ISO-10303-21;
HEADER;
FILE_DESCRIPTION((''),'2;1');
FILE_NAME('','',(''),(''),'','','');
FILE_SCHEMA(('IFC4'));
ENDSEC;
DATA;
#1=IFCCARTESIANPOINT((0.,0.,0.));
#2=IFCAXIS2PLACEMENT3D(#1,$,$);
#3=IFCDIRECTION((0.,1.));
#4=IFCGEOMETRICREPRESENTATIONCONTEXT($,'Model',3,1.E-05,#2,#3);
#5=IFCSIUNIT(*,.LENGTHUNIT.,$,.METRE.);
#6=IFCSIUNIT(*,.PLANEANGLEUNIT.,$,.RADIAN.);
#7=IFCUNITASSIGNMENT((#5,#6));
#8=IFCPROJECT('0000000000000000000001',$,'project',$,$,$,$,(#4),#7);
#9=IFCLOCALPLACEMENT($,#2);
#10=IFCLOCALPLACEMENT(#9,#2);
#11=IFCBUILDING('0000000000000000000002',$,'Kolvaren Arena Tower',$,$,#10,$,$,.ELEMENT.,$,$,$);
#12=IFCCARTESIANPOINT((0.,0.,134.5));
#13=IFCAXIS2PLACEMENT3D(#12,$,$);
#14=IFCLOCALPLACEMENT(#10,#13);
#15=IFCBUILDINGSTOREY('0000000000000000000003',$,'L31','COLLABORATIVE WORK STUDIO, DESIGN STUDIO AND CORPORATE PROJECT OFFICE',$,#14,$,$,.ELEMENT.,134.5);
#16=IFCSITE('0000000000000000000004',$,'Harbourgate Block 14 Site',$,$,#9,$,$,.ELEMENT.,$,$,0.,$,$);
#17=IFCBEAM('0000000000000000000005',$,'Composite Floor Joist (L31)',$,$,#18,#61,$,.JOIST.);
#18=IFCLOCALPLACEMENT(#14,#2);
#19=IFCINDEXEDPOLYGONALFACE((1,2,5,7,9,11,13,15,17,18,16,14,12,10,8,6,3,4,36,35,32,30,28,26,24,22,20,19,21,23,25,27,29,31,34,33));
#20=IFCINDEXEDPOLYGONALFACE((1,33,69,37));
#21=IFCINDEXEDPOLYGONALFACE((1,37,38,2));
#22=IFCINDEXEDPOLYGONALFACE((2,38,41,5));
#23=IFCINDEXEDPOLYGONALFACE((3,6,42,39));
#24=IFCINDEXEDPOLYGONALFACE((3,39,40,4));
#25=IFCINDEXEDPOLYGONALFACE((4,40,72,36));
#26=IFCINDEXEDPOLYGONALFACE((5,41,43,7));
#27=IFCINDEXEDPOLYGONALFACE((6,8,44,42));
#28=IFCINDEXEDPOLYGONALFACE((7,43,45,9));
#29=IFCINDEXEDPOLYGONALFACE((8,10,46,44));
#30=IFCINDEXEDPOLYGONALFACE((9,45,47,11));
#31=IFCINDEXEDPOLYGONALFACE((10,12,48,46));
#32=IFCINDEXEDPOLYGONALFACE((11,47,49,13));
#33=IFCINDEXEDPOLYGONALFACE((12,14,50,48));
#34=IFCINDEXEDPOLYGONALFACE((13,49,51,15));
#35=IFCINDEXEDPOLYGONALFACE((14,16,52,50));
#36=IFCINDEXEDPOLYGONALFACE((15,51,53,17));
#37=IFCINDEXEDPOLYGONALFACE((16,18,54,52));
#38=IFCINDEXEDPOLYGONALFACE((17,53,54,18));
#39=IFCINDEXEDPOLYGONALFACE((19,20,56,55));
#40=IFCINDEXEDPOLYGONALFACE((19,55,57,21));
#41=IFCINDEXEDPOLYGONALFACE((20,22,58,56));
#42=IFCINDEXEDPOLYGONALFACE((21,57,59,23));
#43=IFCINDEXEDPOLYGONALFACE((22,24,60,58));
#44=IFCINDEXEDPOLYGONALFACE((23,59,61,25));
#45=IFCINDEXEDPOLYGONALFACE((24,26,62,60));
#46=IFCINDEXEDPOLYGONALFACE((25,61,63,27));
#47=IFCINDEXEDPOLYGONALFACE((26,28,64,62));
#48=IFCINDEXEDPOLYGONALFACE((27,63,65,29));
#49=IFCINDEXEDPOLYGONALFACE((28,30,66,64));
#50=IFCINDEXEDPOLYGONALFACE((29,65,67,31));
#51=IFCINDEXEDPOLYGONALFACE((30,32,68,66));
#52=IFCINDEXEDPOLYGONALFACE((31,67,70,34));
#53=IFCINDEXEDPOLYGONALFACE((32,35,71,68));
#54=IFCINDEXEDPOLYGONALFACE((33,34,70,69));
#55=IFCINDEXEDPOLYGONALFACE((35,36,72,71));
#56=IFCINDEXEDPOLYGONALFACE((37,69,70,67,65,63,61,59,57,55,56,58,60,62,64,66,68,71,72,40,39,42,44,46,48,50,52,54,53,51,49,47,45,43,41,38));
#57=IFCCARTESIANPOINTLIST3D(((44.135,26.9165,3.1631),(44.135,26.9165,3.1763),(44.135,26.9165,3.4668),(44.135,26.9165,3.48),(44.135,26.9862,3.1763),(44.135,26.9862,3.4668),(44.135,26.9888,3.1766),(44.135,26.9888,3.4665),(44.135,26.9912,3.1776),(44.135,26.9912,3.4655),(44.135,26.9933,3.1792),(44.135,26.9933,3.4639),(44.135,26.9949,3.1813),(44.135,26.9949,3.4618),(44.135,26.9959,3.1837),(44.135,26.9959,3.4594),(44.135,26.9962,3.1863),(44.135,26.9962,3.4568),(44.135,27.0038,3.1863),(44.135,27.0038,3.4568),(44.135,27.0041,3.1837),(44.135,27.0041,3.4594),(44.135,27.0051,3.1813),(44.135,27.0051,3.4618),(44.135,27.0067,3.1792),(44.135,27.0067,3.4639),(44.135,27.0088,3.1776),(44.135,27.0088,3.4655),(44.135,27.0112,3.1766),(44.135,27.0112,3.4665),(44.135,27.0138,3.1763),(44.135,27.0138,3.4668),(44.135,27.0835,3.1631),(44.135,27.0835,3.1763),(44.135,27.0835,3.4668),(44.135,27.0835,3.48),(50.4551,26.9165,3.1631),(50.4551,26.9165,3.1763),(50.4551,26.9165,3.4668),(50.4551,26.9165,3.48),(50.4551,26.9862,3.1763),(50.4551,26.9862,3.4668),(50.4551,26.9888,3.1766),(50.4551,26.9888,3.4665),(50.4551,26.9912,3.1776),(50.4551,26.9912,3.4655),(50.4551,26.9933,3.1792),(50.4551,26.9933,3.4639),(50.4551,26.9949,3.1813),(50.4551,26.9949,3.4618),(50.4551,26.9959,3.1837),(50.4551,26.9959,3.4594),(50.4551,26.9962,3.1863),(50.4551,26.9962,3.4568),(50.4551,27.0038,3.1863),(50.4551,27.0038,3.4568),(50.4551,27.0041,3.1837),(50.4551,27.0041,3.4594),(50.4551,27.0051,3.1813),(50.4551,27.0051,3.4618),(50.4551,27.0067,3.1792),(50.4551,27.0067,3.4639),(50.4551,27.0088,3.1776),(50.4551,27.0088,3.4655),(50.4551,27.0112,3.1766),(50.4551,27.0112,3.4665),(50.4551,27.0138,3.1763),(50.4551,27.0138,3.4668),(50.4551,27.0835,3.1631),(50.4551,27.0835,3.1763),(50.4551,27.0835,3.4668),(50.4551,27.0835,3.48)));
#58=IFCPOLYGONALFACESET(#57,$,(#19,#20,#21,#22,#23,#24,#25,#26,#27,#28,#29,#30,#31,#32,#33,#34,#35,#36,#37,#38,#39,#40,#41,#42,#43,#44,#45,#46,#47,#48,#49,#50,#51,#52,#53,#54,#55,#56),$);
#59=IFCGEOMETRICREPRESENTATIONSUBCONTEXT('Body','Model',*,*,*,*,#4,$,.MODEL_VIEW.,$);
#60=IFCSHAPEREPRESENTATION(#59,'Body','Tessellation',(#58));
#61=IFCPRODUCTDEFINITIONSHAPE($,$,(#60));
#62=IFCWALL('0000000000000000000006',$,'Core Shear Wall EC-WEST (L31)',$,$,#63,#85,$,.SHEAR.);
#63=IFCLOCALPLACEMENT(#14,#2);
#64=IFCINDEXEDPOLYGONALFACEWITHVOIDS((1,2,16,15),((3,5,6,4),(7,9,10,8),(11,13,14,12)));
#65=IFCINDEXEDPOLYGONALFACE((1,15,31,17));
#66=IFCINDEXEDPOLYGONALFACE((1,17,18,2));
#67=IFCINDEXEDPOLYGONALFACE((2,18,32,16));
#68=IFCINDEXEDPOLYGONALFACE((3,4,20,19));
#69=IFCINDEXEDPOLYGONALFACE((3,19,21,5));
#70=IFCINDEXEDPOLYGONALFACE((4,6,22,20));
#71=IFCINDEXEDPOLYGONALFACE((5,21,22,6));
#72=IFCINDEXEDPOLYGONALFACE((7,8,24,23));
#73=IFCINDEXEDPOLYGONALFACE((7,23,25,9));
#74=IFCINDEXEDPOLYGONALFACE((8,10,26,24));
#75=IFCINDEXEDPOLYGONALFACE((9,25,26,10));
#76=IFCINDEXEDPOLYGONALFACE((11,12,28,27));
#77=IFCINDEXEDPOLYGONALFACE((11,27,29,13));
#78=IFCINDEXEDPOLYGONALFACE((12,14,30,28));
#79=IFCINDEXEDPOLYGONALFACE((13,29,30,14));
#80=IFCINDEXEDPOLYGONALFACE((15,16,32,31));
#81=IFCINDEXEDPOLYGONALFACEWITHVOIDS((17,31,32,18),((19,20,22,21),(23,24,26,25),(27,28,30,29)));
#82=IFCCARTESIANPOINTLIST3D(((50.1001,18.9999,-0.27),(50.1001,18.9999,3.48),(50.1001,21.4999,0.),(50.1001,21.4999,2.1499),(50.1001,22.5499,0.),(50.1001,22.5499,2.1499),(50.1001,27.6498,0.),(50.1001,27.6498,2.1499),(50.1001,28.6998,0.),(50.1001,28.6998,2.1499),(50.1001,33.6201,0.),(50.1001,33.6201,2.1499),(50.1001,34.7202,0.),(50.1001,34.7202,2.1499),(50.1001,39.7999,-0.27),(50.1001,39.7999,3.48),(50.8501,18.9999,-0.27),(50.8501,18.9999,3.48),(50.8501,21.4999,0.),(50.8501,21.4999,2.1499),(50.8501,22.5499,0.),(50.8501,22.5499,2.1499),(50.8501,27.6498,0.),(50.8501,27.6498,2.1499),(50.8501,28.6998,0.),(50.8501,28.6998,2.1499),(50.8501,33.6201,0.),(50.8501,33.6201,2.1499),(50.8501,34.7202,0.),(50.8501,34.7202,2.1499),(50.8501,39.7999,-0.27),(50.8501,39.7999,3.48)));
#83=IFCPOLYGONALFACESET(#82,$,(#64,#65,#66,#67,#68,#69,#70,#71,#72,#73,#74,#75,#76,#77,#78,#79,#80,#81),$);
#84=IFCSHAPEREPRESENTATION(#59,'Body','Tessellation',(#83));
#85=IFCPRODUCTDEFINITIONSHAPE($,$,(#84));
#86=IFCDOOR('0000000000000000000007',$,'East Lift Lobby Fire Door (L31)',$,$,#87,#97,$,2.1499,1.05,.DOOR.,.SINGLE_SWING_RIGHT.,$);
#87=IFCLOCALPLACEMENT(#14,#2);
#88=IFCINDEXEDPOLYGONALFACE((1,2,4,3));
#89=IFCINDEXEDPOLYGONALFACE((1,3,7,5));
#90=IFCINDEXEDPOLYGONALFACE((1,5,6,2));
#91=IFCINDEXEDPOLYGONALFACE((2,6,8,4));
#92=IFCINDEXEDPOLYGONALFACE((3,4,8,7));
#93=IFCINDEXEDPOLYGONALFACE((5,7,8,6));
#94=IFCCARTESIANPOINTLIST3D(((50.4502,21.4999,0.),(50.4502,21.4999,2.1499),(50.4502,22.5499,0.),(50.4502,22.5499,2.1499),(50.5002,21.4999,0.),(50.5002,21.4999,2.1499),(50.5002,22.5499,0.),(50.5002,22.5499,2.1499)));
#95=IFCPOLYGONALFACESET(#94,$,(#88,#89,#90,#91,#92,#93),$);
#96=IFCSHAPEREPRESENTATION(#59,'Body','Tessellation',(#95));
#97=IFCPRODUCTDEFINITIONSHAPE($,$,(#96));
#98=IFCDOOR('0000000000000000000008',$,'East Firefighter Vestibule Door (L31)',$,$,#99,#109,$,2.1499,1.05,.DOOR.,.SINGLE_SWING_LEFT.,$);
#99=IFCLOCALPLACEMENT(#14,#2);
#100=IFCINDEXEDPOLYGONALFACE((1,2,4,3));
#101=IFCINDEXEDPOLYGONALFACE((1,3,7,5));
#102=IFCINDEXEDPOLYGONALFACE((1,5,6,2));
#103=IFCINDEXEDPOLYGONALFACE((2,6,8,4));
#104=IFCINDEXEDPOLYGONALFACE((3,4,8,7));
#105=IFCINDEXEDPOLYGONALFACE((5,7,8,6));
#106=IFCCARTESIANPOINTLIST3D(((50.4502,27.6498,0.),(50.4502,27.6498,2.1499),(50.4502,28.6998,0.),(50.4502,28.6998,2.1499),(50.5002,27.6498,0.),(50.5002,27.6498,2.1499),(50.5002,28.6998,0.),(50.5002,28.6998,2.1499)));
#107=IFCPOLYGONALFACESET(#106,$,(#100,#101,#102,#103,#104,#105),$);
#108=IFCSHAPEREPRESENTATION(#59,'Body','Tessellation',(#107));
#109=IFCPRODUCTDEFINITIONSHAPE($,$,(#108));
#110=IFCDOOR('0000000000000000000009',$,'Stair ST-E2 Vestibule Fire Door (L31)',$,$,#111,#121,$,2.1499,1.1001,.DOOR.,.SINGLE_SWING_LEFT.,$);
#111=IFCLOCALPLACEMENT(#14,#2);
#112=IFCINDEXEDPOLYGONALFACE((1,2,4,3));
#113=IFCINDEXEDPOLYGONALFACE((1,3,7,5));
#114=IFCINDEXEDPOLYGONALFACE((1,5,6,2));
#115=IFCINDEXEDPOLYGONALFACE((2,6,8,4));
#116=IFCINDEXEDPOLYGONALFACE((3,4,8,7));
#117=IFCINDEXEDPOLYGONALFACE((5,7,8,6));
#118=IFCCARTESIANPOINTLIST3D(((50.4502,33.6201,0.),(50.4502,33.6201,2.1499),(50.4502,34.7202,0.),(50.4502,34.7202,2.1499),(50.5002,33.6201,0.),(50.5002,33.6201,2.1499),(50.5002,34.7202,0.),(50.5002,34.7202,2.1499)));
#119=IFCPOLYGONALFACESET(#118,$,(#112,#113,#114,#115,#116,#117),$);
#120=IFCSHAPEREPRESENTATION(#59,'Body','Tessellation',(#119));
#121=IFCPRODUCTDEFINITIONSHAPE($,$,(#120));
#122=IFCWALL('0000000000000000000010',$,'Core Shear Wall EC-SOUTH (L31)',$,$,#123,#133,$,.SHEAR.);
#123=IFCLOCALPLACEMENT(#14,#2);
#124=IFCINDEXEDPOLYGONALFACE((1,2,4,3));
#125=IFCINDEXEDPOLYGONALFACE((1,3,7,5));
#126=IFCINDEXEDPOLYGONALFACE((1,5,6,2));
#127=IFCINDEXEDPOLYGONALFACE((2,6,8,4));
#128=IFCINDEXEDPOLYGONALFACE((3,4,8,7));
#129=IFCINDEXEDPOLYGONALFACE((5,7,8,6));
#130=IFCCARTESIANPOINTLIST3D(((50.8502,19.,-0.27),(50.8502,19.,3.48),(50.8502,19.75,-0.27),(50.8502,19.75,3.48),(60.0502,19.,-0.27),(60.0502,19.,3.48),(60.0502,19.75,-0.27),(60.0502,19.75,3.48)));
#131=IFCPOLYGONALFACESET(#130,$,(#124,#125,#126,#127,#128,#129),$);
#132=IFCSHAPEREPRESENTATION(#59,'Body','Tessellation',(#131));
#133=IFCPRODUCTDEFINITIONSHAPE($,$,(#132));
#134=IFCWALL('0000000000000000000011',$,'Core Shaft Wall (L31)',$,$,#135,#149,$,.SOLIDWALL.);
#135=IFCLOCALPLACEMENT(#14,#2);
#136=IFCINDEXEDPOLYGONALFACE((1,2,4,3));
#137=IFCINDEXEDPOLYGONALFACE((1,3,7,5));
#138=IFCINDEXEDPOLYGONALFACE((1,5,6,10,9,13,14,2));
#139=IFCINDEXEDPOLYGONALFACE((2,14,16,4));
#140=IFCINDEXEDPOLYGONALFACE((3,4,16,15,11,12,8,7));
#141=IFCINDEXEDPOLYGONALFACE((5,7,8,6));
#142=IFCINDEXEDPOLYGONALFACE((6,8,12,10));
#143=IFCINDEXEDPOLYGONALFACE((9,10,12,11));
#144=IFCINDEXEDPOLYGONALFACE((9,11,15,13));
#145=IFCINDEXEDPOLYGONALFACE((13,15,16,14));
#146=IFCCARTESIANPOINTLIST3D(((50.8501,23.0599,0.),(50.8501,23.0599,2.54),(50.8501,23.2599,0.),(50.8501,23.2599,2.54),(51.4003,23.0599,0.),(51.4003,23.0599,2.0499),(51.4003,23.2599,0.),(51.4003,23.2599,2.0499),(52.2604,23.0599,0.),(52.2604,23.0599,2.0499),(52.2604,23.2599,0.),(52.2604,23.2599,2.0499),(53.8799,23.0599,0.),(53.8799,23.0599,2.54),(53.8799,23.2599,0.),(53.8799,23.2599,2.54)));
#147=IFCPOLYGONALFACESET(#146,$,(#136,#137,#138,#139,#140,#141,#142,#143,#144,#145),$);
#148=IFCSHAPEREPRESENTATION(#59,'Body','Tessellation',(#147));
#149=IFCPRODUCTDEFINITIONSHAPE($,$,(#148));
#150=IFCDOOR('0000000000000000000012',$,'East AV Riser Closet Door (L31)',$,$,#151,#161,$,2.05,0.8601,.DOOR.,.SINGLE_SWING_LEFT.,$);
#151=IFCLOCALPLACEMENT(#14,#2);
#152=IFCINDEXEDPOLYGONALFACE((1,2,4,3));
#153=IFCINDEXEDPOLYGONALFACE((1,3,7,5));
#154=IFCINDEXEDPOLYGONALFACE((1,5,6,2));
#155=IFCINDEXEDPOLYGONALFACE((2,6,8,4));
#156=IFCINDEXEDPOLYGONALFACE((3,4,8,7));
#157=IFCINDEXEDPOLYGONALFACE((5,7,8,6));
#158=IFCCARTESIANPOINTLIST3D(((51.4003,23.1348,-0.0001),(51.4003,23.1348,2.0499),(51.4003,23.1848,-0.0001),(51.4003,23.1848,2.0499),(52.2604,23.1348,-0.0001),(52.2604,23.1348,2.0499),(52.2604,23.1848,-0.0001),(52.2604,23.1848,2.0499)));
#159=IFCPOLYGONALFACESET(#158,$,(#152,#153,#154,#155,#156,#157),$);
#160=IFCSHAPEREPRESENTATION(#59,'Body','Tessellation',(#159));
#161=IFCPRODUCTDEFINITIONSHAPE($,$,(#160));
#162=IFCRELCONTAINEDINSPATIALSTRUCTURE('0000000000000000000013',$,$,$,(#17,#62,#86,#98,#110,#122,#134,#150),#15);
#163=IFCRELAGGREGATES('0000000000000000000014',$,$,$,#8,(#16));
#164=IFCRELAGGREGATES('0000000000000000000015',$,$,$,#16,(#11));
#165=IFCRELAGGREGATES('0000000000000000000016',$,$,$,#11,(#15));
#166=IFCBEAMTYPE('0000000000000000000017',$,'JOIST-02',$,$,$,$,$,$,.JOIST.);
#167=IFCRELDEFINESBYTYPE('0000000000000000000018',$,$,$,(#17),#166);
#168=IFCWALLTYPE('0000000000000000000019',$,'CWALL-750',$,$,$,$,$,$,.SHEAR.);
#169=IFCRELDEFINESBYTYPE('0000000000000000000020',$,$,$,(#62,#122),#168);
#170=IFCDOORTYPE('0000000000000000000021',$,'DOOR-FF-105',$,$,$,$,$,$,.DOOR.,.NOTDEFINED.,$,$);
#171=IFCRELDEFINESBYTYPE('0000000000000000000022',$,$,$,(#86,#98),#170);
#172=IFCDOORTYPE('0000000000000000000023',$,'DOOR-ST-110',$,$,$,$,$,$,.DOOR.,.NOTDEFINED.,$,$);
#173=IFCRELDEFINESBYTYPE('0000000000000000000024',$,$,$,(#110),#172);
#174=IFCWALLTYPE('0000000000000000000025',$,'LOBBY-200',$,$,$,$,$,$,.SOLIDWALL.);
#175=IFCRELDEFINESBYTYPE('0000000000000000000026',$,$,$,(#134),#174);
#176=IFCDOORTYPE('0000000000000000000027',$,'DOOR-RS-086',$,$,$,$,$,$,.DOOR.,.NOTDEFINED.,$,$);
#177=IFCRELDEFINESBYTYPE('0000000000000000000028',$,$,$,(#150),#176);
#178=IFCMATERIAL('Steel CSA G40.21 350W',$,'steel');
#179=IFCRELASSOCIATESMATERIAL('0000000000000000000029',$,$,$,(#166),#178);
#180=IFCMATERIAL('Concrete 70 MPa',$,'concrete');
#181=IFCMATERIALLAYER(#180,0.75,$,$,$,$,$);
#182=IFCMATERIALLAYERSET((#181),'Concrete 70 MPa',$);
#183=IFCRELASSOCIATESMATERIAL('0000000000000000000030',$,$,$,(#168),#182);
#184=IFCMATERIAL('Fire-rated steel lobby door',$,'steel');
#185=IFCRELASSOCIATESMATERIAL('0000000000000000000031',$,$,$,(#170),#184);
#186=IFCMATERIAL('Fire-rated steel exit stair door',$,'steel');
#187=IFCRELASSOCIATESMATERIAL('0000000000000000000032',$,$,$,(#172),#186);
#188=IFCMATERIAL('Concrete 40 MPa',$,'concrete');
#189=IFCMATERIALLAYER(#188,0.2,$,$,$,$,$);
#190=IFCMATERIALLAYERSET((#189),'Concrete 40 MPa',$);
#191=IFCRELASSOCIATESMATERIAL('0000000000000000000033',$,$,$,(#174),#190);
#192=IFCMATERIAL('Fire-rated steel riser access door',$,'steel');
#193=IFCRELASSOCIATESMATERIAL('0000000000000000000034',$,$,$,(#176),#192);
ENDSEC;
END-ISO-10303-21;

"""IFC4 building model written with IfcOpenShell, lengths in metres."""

from ifc_helpers import new_model, si_unit, direction, frame, frame_2d, origin, origin_2d, place, context, subcontext, project, spatial, rectangle, i_section, extrude, material, layer, layer_set, material_profile, profile_set, type_object, element, fill, save


model = new_model("IFC4")

# Units and contexts
model_context = context("Model", 3, precision=1e-05, world=origin(), true_north=direction((0.0, 1.0)))
body_context = subcontext(model_context, "Body", "Model", "MODEL_VIEW")
ifc_project = project(units=[si_unit("LENGTHUNIT", "METRE"), si_unit("PLANEANGLEUNIT", "RADIAN")], contexts=[model_context])

# Site, building, storey
site_placement = place(None, origin())
site = spatial("IfcSite", under=ifc_project, at=site_placement, Name="Harbourgate Block 14 Site", CompositionType="ELEMENT", RefElevation=0.0)
building_placement = place(site_placement, origin())
building = spatial("IfcBuilding", under=site, at=building_placement, Name="Kolvaren Arena Tower", CompositionType="ELEMENT")
storey_placement = place(building_placement, frame((0.0, 0.0, 134.5)))
storey = spatial("IfcBuildingStorey", under=building, at=storey_placement, Name="L31", Description="COLLABORATIVE WORK STUDIO, DESIGN STUDIO AND CORPORATE PROJECT OFFICE", CompositionType="ELEMENT", Elevation=134.5)

# Beam
ifc_material_1 = material(Name="Steel CSA G40.21 350W", Category="steel")
ifc_material_profile_1 = material_profile(ifc_material_1, i_section(OverallWidth=0.167, OverallDepth=0.3169, WebThickness=0.0076, FlangeThickness=0.0132, FilletRadius=0.01, at=origin_2d()), Name="W310x52")
ifc_profile_set_1 = profile_set([ifc_material_profile_1], Name="Steel CSA G40.21 350W")
beam_type_1 = type_object("IfcBeamType", Name="JOIST-02", PredefinedType="JOIST", material=ifc_profile_set_1)
for number, where, z_axis, x_axis, name in (
    (1, (44.135, 27.0, 3.3215), (1.0, 0.0, 0.0), (0.0, 1.0, 0.0), "Composite Floor Joist (L31)"),
):
    element("IfcBeam", number, at=place(storey_placement, frame(where, z_axis=z_axis, x_axis=x_axis)), inside=storey, type_object=beam_type_1, Name=name, PredefinedType="JOIST", context=body_context, shape_type="SweptSolid", body=[
        extrude(i_section(OverallWidth=0.167, OverallDepth=0.3169, WebThickness=0.0076, FlangeThickness=0.0132, FilletRadius=0.01, at=origin_2d()), origin(), (0.0, 0.0, 1.0), 6.3201),
    ])

# Wall, openings, doors
ifc_material_2 = material(Name="Concrete 70 MPa", Category="concrete")
ifc_layer_1 = layer(ifc_material_2, 0.75)
ifc_layer_set_1 = layer_set([ifc_layer_1], Name="Concrete 70 MPa")
wall_type_1 = type_object("IfcWallType", Name="CWALL-750", PredefinedType="SHEAR", material=ifc_layer_set_1)
wall_1_placement = place(storey_placement, frame((50.4751, 19.0, -0.27), z_axis=(0.0, 0.0, 1.0), x_axis=(0.0, 1.0, 0.0)))
wall_1 = element("IfcWall", 2, at=wall_1_placement, inside=storey, type_object=wall_type_1, Name="Core Shear Wall EC-WEST (L31)", PredefinedType="SHEAR", context=body_context, shape_type="SweptSolid", body=[
    extrude(rectangle(XDim=20.8, YDim=0.75, at=frame_2d((10.3999, 0.0))), origin(), (0.0, 0.0, 1.0), 3.75),
])
opening_1_placement = place(wall_1_placement, frame((2.5, 0.0, 0.27)))
opening_1 = element("IfcOpeningElement", 3, at=opening_1_placement, cuts=wall_1, PredefinedType="OPENING", context=body_context, shape_type="SweptSolid", body=[
    extrude(rectangle(XDim=1.05, YDim=2.1499, at=frame_2d((0.5249, 1.075))), frame((0.0, 0.385, 0.0), z_axis=(0.0, -1.0, 0.0), x_axis=(1.0, 0.0, 0.0)), (0.0, 0.0, 1.0), 0.77),
])
opening_2_placement = place(wall_1_placement, frame((8.6499, 0.0, 0.27)))
opening_2 = element("IfcOpeningElement", 4, at=opening_2_placement, cuts=wall_1, PredefinedType="OPENING", context=body_context, shape_type="SweptSolid", body=[
    extrude(rectangle(XDim=1.05, YDim=2.1499, at=frame_2d((0.5249, 1.075))), frame((0.0, 0.385, 0.0), z_axis=(0.0, -1.0, 0.0), x_axis=(1.0, 0.0, 0.0)), (0.0, 0.0, 1.0), 0.77),
])
opening_3_placement = place(wall_1_placement, frame((14.6201, 0.0, 0.27)))
opening_3 = element("IfcOpeningElement", 5, at=opening_3_placement, cuts=wall_1, PredefinedType="OPENING", context=body_context, shape_type="SweptSolid", body=[
    extrude(rectangle(XDim=1.1001, YDim=2.1499, at=frame_2d((0.55, 1.075))), frame((0.0, 0.385, 0.0), z_axis=(0.0, -1.0, 0.0), x_axis=(1.0, 0.0, 0.0)), (0.0, 0.0, 1.0), 0.77),
])
ifc_material_3 = material(Name="Fire-rated steel lobby door", Category="steel")
door_type_1 = type_object("IfcDoorType", Name="DOOR-FF-105", OperationType="NOTDEFINED", PredefinedType="DOOR", material=ifc_material_3)
door_1_placement = place(opening_1_placement, origin())
door_1 = element("IfcDoor", 6, at=door_1_placement, inside=storey, type_object=door_type_1, Name="East Lift Lobby Fire Door (L31)", OperationType="SINGLE_SWING_RIGHT", OverallHeight=2.1499, OverallWidth=1.05, PredefinedType="DOOR", context=body_context, shape_type="SweptSolid", body=[
    extrude(rectangle(XDim=1.05, YDim=2.1499, at=frame_2d((0.5249, 1.075))), frame((0.0, 0.0249, 0.0), z_axis=(0.0, -1.0, 0.0), x_axis=(1.0, 0.0, 0.0)), (0.0, 0.0, 1.0), 0.05),
])
fill(opening_1, door_1)
door_2_placement = place(opening_2_placement, origin())
door_2 = element("IfcDoor", 7, at=door_2_placement, inside=storey, type_object=door_type_1, Name="East Firefighter Vestibule Door (L31)", OperationType="SINGLE_SWING_LEFT", OverallHeight=2.1499, OverallWidth=1.05, PredefinedType="DOOR", context=body_context, shape_type="SweptSolid", body=[
    extrude(rectangle(XDim=1.05, YDim=2.1499, at=frame_2d((0.5249, 1.075))), frame((0.0, 0.0249, 0.0), z_axis=(0.0, -1.0, 0.0), x_axis=(1.0, 0.0, 0.0)), (0.0, 0.0, 1.0), 0.05),
])
fill(opening_2, door_2)
ifc_material_4 = material(Name="Fire-rated steel exit stair door", Category="steel")
door_type_2 = type_object("IfcDoorType", Name="DOOR-ST-110", OperationType="NOTDEFINED", PredefinedType="DOOR", material=ifc_material_4)
door_3_placement = place(opening_3_placement, origin())
door_3 = element("IfcDoor", 8, at=door_3_placement, inside=storey, type_object=door_type_2, Name="Stair ST-E2 Vestibule Fire Door (L31)", OperationType="SINGLE_SWING_LEFT", OverallHeight=2.1499, OverallWidth=1.1001, PredefinedType="DOOR", context=body_context, shape_type="SweptSolid", body=[
    extrude(rectangle(XDim=1.1001, YDim=2.1499, at=frame_2d((0.55, 1.075))), frame((0.0, 0.0249, 0.0), z_axis=(0.0, -1.0, 0.0), x_axis=(1.0, 0.0, 0.0)), (0.0, 0.0, 1.0), 0.05),
])
fill(opening_3, door_3)

# Wall
wall_2_placement = place(storey_placement, frame((50.8501, 19.375, -0.27), z_axis=(0.0, 0.0, 1.0), x_axis=(1.0, 0.0, 0.0)))
element("IfcWall", 9, at=wall_2_placement, inside=storey, type_object=wall_type_1, Name="Core Shear Wall EC-SOUTH (L31)", PredefinedType="SHEAR", context=body_context, shape_type="SweptSolid", body=[
    extrude(rectangle(XDim=9.2, YDim=0.75, at=frame_2d((4.6001, 0.0))), origin(), (0.0, 0.0, 1.0), 3.75),
])

# Shared definitions
ifc_material_5 = material(Name="Concrete 40 MPa", Category="concrete")
ifc_layer_2 = layer(ifc_material_5, 0.2)
ifc_layer_set_2 = layer_set([ifc_layer_2], Name="Concrete 40 MPa")
wall_type_2 = type_object("IfcWallType", Name="LOBBY-200", PredefinedType="SOLIDWALL", material=ifc_layer_set_2)

# Wall, opening, door
wall_3_placement = place(storey_placement, frame((50.8501, 23.1599, 0.0), z_axis=(0.0, 0.0, 1.0), x_axis=(1.0, 0.0, 0.0)))
wall_3 = element("IfcWall", 10, at=wall_3_placement, inside=storey, type_object=wall_type_2, Name="Core Shaft Wall (L31)", PredefinedType="SOLIDWALL", context=body_context, shape_type="SweptSolid", body=[
    extrude(rectangle(XDim=3.0298, YDim=0.2, at=frame_2d((1.5149, 0.0))), origin(), (0.0, 0.0, 1.0), 2.54),
])
opening_4_placement = place(wall_3_placement, frame((0.55, 0.0, 0.0)))
opening_4 = element("IfcOpeningElement", 11, at=opening_4_placement, cuts=wall_3, PredefinedType="OPENING", context=body_context, shape_type="SweptSolid", body=[
    extrude(rectangle(XDim=0.8601, YDim=2.05, at=frame_2d((0.4302, 1.0249))), frame((0.0, 0.1099, 0.0), z_axis=(0.0, -1.0, 0.0), x_axis=(1.0, 0.0, 0.0)), (0.0, 0.0, 1.0), 0.22),
])
ifc_material_6 = material(Name="Fire-rated steel riser access door", Category="steel")
door_type_3 = type_object("IfcDoorType", Name="DOOR-RS-086", OperationType="NOTDEFINED", PredefinedType="DOOR", material=ifc_material_6)
door_4_placement = place(opening_4_placement, origin())
door_4 = element("IfcDoor", 12, at=door_4_placement, inside=storey, type_object=door_type_3, Name="East AV Riser Closet Door (L31)", OperationType="SINGLE_SWING_LEFT", OverallHeight=2.05, OverallWidth=0.8601, PredefinedType="DOOR", context=body_context, shape_type="SweptSolid", body=[
    extrude(rectangle(XDim=0.8601, YDim=2.05, at=frame_2d((0.4302, 1.0249))), frame((0.0, 0.0249, 0.0), z_axis=(0.0, -1.0, 0.0), x_axis=(1.0, 0.0, 0.0)), (0.0, 0.0, 1.0), 0.05),
])
fill(opening_4, door_4)

save(model, "model.ifc")
